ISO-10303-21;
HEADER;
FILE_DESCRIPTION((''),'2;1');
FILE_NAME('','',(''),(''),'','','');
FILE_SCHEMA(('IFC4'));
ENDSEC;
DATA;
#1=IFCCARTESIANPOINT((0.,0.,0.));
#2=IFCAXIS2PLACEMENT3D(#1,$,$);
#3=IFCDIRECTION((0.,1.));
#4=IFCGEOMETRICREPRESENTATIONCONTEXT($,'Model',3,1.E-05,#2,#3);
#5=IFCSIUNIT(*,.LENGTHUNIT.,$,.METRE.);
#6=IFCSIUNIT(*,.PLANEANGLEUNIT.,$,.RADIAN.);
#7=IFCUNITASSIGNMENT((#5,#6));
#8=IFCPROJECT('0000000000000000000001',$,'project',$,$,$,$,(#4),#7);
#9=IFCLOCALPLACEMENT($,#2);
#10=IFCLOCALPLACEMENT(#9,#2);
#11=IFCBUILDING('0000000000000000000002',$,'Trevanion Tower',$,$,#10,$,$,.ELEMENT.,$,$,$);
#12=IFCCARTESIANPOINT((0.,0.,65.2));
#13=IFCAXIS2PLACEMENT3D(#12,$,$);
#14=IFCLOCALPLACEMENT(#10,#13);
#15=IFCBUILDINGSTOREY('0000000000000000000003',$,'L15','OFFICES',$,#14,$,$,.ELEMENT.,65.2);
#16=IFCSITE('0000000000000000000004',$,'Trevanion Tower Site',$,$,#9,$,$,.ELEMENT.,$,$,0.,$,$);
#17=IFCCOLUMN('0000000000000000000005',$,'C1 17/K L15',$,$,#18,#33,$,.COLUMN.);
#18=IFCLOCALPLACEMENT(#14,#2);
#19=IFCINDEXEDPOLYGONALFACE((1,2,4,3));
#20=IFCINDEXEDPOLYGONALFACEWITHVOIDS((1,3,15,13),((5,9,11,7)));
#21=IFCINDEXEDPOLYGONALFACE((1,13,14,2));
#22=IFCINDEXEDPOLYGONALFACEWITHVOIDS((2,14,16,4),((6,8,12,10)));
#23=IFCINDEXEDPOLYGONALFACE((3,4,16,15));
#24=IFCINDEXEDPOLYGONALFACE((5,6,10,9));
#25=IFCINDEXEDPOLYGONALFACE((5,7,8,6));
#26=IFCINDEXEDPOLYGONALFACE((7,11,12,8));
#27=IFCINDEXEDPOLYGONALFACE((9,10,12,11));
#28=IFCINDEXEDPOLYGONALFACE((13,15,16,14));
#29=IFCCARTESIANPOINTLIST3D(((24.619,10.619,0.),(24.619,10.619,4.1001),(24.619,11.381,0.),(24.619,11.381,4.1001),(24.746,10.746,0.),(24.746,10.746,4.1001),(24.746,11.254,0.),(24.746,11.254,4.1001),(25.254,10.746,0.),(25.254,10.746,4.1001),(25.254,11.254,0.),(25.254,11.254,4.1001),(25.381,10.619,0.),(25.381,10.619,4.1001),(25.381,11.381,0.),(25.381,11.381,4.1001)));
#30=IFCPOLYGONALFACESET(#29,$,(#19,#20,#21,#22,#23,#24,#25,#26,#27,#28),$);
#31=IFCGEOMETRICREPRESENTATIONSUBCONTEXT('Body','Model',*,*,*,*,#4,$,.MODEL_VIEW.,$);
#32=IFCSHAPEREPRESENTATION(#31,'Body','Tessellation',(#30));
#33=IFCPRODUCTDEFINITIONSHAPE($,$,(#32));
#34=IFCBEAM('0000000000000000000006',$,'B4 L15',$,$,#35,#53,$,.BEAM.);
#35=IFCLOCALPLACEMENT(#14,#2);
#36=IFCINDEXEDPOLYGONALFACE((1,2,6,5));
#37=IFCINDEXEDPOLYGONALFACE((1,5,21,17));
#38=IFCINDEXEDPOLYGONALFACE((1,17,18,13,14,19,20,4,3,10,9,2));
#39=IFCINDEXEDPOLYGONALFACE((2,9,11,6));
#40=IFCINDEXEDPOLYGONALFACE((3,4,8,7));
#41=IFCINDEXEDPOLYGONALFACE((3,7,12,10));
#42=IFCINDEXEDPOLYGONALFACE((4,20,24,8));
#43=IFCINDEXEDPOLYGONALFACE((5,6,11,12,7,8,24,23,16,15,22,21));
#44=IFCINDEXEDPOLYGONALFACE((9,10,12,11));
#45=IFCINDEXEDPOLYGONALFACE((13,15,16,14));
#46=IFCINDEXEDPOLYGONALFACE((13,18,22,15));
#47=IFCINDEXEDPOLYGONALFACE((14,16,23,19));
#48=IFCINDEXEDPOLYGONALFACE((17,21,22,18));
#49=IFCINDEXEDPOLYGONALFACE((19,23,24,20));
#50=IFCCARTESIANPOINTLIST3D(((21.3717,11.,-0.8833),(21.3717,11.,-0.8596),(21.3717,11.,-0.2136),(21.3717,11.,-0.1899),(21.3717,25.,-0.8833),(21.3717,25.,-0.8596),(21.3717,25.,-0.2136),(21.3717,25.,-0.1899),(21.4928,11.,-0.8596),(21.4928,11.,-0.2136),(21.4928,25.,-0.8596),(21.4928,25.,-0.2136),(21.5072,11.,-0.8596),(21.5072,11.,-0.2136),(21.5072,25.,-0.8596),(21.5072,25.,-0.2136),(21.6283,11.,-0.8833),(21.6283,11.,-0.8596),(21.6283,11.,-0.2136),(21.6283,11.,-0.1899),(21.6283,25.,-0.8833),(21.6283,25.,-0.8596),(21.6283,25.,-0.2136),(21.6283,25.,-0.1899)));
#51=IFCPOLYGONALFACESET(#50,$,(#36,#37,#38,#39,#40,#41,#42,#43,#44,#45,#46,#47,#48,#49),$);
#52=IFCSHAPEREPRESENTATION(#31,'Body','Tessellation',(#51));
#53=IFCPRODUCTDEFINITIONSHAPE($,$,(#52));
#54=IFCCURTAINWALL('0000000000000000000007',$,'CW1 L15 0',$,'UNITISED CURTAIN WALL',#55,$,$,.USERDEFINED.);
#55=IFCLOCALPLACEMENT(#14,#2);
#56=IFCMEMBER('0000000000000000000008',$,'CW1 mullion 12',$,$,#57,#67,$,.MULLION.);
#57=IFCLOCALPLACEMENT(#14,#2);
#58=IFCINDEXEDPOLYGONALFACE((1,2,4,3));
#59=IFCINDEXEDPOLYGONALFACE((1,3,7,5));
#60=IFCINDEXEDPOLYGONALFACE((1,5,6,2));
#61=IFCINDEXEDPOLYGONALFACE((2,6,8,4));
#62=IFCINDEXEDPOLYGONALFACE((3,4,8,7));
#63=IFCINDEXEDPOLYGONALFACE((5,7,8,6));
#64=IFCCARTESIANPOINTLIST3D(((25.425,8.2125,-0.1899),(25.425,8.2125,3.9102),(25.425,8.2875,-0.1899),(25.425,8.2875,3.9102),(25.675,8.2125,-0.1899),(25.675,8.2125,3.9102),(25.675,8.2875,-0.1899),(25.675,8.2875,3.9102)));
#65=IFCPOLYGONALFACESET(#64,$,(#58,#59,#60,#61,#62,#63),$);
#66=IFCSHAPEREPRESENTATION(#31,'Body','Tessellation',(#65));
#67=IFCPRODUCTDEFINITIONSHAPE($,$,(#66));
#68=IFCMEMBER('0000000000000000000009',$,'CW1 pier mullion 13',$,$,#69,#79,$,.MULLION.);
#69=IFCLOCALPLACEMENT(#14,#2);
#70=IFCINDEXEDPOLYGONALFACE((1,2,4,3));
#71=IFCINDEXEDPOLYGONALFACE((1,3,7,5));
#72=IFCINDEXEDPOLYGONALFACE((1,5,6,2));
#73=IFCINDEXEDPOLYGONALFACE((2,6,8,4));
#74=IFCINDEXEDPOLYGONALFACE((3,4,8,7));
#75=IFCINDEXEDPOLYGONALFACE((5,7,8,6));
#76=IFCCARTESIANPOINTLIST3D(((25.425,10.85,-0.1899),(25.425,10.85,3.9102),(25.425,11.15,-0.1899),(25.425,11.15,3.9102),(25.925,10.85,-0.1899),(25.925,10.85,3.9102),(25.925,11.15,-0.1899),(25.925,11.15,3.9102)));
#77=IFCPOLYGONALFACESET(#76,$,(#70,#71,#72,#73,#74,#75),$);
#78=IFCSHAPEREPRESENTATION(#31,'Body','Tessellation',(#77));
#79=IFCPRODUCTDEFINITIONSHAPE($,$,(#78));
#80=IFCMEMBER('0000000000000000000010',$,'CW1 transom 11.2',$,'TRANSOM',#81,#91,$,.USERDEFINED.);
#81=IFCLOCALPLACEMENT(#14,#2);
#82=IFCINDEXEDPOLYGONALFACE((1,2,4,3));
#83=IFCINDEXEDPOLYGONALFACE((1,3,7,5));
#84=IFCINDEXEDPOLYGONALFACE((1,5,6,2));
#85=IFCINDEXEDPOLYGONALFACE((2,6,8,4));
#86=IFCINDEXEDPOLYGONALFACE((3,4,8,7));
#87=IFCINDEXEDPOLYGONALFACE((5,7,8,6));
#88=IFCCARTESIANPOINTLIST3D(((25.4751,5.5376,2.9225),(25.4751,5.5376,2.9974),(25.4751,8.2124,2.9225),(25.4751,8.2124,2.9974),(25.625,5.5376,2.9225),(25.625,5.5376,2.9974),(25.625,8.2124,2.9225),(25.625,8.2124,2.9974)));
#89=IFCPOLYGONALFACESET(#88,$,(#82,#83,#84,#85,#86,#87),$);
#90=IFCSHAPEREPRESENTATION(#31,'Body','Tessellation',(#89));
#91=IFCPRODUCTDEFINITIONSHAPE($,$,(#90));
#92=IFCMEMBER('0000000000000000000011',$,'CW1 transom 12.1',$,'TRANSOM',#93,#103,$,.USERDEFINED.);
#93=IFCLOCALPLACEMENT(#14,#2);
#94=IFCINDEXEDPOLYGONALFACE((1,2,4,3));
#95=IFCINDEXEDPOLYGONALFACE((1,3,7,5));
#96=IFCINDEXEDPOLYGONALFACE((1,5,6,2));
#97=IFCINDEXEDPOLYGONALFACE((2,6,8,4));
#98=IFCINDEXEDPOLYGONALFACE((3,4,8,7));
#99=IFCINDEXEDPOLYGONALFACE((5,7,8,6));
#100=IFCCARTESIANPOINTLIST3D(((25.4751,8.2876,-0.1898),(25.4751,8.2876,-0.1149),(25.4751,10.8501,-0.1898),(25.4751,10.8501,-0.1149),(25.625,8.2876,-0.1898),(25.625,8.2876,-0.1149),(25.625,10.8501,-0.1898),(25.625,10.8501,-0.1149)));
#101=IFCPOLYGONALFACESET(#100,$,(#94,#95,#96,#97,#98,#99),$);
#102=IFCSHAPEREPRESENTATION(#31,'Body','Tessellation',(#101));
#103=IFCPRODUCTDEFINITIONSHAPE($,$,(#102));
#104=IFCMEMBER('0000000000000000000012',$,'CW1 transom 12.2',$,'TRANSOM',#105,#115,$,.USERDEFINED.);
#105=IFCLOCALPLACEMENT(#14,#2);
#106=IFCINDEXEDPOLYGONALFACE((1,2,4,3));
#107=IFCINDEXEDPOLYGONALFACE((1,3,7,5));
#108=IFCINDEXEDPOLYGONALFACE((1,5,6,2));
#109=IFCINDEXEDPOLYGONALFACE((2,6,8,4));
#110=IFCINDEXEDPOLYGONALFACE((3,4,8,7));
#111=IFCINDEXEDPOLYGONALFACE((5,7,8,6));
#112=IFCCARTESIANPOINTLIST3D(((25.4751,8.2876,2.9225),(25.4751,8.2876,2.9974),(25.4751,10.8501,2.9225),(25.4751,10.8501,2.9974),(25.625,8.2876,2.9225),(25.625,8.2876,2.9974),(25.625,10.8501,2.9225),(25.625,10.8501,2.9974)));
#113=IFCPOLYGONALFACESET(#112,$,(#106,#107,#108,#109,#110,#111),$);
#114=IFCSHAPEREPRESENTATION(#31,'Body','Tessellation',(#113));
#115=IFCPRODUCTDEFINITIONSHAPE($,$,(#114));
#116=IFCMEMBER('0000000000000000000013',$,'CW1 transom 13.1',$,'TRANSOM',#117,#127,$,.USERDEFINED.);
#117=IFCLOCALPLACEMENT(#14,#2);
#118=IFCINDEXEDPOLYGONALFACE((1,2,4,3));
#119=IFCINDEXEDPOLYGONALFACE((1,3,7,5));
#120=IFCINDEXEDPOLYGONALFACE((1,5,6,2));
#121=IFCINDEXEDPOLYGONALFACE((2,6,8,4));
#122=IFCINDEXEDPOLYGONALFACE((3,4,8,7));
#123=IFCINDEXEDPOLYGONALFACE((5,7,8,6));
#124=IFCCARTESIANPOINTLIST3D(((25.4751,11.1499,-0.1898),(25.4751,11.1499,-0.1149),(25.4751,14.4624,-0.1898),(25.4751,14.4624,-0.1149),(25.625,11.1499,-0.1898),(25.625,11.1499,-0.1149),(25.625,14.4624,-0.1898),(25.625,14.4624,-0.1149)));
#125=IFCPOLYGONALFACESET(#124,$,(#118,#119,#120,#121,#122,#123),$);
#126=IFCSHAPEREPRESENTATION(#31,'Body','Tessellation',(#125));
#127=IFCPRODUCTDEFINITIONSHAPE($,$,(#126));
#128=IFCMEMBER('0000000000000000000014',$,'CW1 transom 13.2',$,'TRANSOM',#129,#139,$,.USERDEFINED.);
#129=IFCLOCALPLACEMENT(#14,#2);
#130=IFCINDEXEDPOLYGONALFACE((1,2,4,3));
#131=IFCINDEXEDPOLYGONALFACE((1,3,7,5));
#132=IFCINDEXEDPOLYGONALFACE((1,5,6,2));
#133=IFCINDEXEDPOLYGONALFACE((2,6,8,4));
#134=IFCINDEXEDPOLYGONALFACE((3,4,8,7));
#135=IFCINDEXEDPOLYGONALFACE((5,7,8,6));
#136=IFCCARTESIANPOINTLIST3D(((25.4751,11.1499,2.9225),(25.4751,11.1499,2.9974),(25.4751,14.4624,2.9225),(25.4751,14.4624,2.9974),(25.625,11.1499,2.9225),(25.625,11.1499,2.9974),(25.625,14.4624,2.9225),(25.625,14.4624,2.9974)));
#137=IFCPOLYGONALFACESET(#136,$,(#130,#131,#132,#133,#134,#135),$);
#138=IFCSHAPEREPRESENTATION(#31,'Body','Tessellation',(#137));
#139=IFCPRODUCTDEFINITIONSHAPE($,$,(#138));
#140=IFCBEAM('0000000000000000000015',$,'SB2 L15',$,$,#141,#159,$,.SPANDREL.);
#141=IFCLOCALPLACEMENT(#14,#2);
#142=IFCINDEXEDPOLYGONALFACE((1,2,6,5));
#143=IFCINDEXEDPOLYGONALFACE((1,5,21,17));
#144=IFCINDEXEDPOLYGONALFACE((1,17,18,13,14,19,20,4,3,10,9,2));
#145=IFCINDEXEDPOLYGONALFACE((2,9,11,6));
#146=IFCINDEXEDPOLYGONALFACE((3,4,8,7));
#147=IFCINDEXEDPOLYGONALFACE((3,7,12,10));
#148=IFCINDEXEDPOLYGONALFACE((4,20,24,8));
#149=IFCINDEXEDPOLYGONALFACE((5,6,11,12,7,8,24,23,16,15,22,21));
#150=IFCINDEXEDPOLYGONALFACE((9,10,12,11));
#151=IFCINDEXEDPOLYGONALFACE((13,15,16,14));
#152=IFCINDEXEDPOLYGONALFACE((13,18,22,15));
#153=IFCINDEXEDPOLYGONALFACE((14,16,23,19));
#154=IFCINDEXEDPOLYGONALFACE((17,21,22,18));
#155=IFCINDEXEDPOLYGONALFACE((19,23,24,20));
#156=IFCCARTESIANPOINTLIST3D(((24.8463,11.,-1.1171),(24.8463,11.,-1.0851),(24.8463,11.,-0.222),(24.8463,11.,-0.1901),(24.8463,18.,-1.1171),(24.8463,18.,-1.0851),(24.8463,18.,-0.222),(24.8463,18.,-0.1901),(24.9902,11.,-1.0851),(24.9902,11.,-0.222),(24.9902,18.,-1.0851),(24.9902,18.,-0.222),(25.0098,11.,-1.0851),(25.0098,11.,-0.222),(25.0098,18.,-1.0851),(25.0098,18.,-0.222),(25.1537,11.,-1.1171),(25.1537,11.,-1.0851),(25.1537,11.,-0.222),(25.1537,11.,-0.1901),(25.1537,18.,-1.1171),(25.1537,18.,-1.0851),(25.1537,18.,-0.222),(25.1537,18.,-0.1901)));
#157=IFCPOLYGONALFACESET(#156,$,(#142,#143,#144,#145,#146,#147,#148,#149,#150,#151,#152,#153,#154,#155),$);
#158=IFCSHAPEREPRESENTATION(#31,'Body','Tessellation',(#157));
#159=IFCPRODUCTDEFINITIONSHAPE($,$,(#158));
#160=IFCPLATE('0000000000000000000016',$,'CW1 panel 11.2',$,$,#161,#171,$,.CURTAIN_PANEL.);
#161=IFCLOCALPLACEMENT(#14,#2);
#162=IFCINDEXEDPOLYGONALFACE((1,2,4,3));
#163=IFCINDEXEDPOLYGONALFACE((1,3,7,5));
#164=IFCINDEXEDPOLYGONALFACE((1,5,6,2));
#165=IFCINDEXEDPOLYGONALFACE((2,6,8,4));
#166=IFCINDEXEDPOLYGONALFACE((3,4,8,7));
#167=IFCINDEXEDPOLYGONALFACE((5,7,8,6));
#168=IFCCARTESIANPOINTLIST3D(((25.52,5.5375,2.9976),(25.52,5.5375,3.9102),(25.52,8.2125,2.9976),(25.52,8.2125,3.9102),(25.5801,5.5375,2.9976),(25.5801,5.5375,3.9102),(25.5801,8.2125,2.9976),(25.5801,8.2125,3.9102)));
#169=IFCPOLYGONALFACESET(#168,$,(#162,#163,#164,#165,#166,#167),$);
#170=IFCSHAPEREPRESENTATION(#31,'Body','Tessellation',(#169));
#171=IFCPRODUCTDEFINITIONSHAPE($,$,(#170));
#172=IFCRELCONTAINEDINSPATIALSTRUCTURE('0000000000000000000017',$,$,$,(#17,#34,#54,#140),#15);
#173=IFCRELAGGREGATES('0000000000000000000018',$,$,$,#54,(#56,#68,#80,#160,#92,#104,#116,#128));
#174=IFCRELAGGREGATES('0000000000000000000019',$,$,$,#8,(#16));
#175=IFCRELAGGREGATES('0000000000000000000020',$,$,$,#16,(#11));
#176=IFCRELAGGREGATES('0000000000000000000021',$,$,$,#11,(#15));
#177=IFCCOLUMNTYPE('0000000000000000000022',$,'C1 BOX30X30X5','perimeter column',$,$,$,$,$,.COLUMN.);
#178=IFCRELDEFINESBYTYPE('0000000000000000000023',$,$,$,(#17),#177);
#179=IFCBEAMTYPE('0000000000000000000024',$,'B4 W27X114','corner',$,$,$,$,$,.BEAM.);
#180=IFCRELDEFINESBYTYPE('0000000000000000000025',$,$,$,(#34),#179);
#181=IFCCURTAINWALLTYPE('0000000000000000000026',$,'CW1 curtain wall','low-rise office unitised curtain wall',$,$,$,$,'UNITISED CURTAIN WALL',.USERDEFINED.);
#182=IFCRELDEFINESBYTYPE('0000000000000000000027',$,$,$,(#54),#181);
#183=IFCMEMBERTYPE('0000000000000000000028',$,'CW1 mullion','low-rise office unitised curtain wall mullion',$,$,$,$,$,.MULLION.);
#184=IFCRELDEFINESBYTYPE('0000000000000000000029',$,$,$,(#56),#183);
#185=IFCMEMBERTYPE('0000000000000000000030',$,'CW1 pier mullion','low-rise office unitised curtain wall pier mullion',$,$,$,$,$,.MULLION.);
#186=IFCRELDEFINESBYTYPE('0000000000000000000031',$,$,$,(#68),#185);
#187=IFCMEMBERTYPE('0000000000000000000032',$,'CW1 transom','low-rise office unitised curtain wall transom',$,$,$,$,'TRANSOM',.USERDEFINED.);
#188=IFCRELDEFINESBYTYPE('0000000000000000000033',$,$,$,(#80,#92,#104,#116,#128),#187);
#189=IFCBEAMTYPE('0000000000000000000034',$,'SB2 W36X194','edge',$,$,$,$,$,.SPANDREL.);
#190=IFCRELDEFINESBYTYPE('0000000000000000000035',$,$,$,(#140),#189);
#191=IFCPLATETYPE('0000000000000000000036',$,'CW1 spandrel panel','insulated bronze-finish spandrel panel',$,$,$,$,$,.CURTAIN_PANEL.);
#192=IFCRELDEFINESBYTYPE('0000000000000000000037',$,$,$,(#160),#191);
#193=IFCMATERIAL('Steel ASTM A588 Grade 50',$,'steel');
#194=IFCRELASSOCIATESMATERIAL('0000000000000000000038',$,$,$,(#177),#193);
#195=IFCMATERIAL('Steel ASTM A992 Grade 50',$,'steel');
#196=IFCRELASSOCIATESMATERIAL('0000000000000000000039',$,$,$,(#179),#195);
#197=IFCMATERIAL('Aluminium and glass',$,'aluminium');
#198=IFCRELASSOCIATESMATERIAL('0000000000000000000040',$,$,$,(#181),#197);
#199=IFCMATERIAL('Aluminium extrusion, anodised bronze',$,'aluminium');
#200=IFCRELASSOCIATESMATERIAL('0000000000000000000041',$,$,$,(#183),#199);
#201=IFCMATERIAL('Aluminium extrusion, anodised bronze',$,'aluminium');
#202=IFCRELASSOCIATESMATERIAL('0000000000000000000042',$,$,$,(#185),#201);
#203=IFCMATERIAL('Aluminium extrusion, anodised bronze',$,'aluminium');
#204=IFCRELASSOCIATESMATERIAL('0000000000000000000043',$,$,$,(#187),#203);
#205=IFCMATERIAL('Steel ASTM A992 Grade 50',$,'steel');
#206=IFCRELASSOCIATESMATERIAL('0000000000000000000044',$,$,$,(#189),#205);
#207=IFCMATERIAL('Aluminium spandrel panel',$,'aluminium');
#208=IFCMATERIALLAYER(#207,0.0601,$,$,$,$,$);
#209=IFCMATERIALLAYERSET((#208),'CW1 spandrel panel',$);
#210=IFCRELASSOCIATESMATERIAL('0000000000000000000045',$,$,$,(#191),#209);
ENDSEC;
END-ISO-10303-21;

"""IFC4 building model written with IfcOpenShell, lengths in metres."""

from ifc_helpers import new_model, si_unit, direction, frame, origin, origin_2d, place, context, subcontext, project, spatial, rectangle, hollow_rectangle, i_section, extrude, material, layer, layer_set, material_profile, profile_set, type_object, element, aggregate, save


model = new_model("IFC4")

# Units and contexts
model_context = context("Model", 3, precision=1e-05, world=origin(), true_north=direction((0.0, 1.0)))
body_context = subcontext(model_context, "Body", "Model", "MODEL_VIEW")
ifc_project = project(units=[si_unit("LENGTHUNIT", "METRE"), si_unit("PLANEANGLEUNIT", "RADIAN")], contexts=[model_context])

# Site, building, storey
site_placement = place(None, origin())
site = spatial("IfcSite", under=ifc_project, at=site_placement, Name="Trevanion Tower Site", CompositionType="ELEMENT", RefElevation=0.0)
building_placement = place(site_placement, origin())
building = spatial("IfcBuilding", under=site, at=building_placement, Name="Trevanion Tower", CompositionType="ELEMENT")
storey_placement = place(building_placement, frame((0.0, 0.0, 65.2)))
storey = spatial("IfcBuildingStorey", under=building, at=storey_placement, Name="L15", Description="OFFICES", CompositionType="ELEMENT", Elevation=65.2)

# Column
ifc_material_1 = material(Name="Steel ASTM A588 Grade 50", Category="steel")
ifc_material_profile_1 = material_profile(ifc_material_1, hollow_rectangle(XDim=0.762, YDim=0.762, WallThickness=0.127, at=origin_2d()), Name="BOX30X30X5")
ifc_profile_set_1 = profile_set([ifc_material_profile_1], Name="Steel ASTM A588 Grade 50")
column_type = type_object("IfcColumnType", Name="C1 BOX30X30X5", Description="perimeter column", PredefinedType="COLUMN", material=ifc_profile_set_1)
column_placement = place(storey_placement, frame((25.0, 11.0, 0.0), z_axis=(0.0, 0.0, 1.0), x_axis=(0.0, 1.0, 0.0)))
element("IfcColumn", 1, at=column_placement, inside=storey, type_object=column_type, Name="C1 17/K L15", PredefinedType="COLUMN", context=body_context, shape_type="SweptSolid", body=[
    extrude(hollow_rectangle(XDim=0.762, YDim=0.762, WallThickness=0.127, at=origin_2d()), origin(), (0.0, 0.0, 1.0), 4.1001),
])

# Beam
ifc_material_2 = material(Name="Steel ASTM A992 Grade 50", Category="steel")
ifc_material_profile_2 = material_profile(ifc_material_2, i_section(OverallWidth=0.2566, OverallDepth=0.6934, WebThickness=0.0144, FlangeThickness=0.0237, at=origin_2d()), Name="W27X114")
ifc_profile_set_2 = profile_set([ifc_material_profile_2], Name="Steel ASTM A992 Grade 50")
beam_type_1 = type_object("IfcBeamType", Name="B4 W27X114", Description="corner", PredefinedType="BEAM", material=ifc_profile_set_2)
beam_1_placement = place(storey_placement, frame((21.5, 11.0, -0.5366), z_axis=(0.0, 1.0, 0.0), x_axis=(-1.0, 0.0, 0.0)))
element("IfcBeam", 2, at=beam_1_placement, inside=storey, type_object=beam_type_1, Name="B4 L15", PredefinedType="BEAM", context=body_context, shape_type="SweptSolid", body=[
    extrude(i_section(OverallWidth=0.2566, OverallDepth=0.6934, WebThickness=0.0144, FlangeThickness=0.0237, at=origin_2d()), origin(), (0.0, 0.0, 1.0), 14.0),
])

# Curtain wall, members
ifc_material_3 = material(Name="Aluminium and glass", Category="aluminium")
curtain_wall_type = type_object("IfcCurtainWallType", Name="CW1 curtain wall", Description="low-rise office unitised curtain wall", ElementType="UNITISED CURTAIN WALL", PredefinedType="USERDEFINED", material=ifc_material_3)
curtain_wall_placement = place(storey_placement, origin())
curtain_wall = element("IfcCurtainWall", 3, at=curtain_wall_placement, inside=storey, type_object=curtain_wall_type, Name="CW1 L15 0", ObjectType="UNITISED CURTAIN WALL", PredefinedType="USERDEFINED")
ifc_material_4 = material(Name="Aluminium extrusion, anodised bronze", Category="aluminium")
ifc_material_profile_3 = material_profile(ifc_material_4, rectangle(XDim=0.075, YDim=0.25, at=origin_2d()), Name="CW1 mullion")
ifc_profile_set_3 = profile_set([ifc_material_profile_3], Name="Aluminium extrusion, anodised bronze")
member_type_1 = type_object("IfcMemberType", Name="CW1 mullion", Description="low-rise office unitised curtain wall mullion", PredefinedType="MULLION", material=ifc_profile_set_3)
member_1_placement = place(storey_placement, frame((25.55, 8.25, -0.1899), z_axis=(0.0, 0.0, 1.0), x_axis=(0.0, 1.0, 0.0)))
member_1 = element("IfcMember", 4, at=member_1_placement, type_object=member_type_1, Name="CW1 mullion 12", PredefinedType="MULLION", context=body_context, shape_type="SweptSolid", body=[
    extrude(rectangle(XDim=0.075, YDim=0.25, at=origin_2d()), origin(), (0.0, 0.0, 1.0), 4.1001),
])
ifc_material_5 = material(Name="Aluminium extrusion, anodised bronze", Category="aluminium")
ifc_material_profile_4 = material_profile(ifc_material_5, rectangle(XDim=0.3, YDim=0.5, at=origin_2d()), Name="CW1 pier mullion")
ifc_profile_set_4 = profile_set([ifc_material_profile_4], Name="Aluminium extrusion, anodised bronze")
member_type_2 = type_object("IfcMemberType", Name="CW1 pier mullion", Description="low-rise office unitised curtain wall pier mullion", PredefinedType="MULLION", material=ifc_profile_set_4)
member_2_placement = place(storey_placement, frame((25.675, 11.0, -0.1899), z_axis=(0.0, 0.0, 1.0), x_axis=(0.0, 1.0, 0.0)))
member_2 = element("IfcMember", 5, at=member_2_placement, type_object=member_type_2, Name="CW1 pier mullion 13", PredefinedType="MULLION", context=body_context, shape_type="SweptSolid", body=[
    extrude(rectangle(XDim=0.3, YDim=0.5, at=origin_2d()), origin(), (0.0, 0.0, 1.0), 4.1001),
])
ifc_material_6 = material(Name="Aluminium extrusion, anodised bronze", Category="aluminium")
ifc_material_profile_5 = material_profile(ifc_material_6, rectangle(XDim=0.1499, YDim=0.075, at=origin_2d()), Name="CW1 transom")
ifc_profile_set_5 = profile_set([ifc_material_profile_5], Name="Aluminium extrusion, anodised bronze")
member_type_3 = type_object("IfcMemberType", Name="CW1 transom", Description="low-rise office unitised curtain wall transom", ElementType="TRANSOM", PredefinedType="USERDEFINED", material=ifc_profile_set_5)
member_3_placement = place(storey_placement, frame((25.55, 5.5376, 2.96), z_axis=(0.0, 1.0, 0.0), x_axis=(-1.0, 0.0, 0.0)))
member_3 = element("IfcMember", 6, at=member_3_placement, type_object=member_type_3, Name="CW1 transom 11.2", ObjectType="TRANSOM", PredefinedType="USERDEFINED", context=body_context, shape_type="SweptSolid", body=[
    extrude(rectangle(XDim=0.1499, YDim=0.075, at=origin_2d()), origin(), (0.0, 0.0, 1.0), 2.6748),
])
member_4_placement = place(storey_placement, frame((25.55, 8.2876, -0.1523), z_axis=(0.0, 1.0, 0.0), x_axis=(-1.0, 0.0, 0.0)))
member_4 = element("IfcMember", 7, at=member_4_placement, type_object=member_type_3, Name="CW1 transom 12.1", ObjectType="TRANSOM", PredefinedType="USERDEFINED", context=body_context, shape_type="SweptSolid", body=[
    extrude(rectangle(XDim=0.1499, YDim=0.075, at=origin_2d()), origin(), (0.0, 0.0, 1.0), 2.5625),
])
member_5_placement = place(storey_placement, frame((25.55, 8.2876, 2.96), z_axis=(0.0, 1.0, 0.0), x_axis=(-1.0, 0.0, 0.0)))
member_5 = element("IfcMember", 8, at=member_5_placement, type_object=member_type_3, Name="CW1 transom 12.2", ObjectType="TRANSOM", PredefinedType="USERDEFINED", context=body_context, shape_type="SweptSolid", body=[
    extrude(rectangle(XDim=0.1499, YDim=0.075, at=origin_2d()), origin(), (0.0, 0.0, 1.0), 2.5625),
])
member_6_placement = place(storey_placement, frame((25.55, 11.1499, -0.1523), z_axis=(0.0, 1.0, 0.0), x_axis=(-1.0, 0.0, 0.0)))
member_6 = element("IfcMember", 9, at=member_6_placement, type_object=member_type_3, Name="CW1 transom 13.1", ObjectType="TRANSOM", PredefinedType="USERDEFINED", context=body_context, shape_type="SweptSolid", body=[
    extrude(rectangle(XDim=0.1499, YDim=0.075, at=origin_2d()), origin(), (0.0, 0.0, 1.0), 3.3125),
])
member_7_placement = place(storey_placement, frame((25.55, 11.1499, 2.96), z_axis=(0.0, 1.0, 0.0), x_axis=(-1.0, 0.0, 0.0)))
member_7 = element("IfcMember", 10, at=member_7_placement, type_object=member_type_3, Name="CW1 transom 13.2", ObjectType="TRANSOM", PredefinedType="USERDEFINED", context=body_context, shape_type="SweptSolid", body=[
    extrude(rectangle(XDim=0.1499, YDim=0.075, at=origin_2d()), origin(), (0.0, 0.0, 1.0), 3.3125),
])

# Beam
ifc_material_7 = material(Name="Steel ASTM A992 Grade 50", Category="steel")
ifc_material_profile_6 = material_profile(ifc_material_7, i_section(OverallWidth=0.3074, OverallDepth=0.927, WebThickness=0.0195, FlangeThickness=0.032, at=origin_2d()), Name="W36X194")
ifc_profile_set_6 = profile_set([ifc_material_profile_6], Name="Steel ASTM A992 Grade 50")
beam_type_2 = type_object("IfcBeamType", Name="SB2 W36X194", Description="edge", PredefinedType="SPANDREL", material=ifc_profile_set_6)
beam_2_placement = place(storey_placement, frame((25.0, 11.0, -0.6536), z_axis=(0.0, 1.0, 0.0), x_axis=(-1.0, 0.0, 0.0)))
element("IfcBeam", 11, at=beam_2_placement, inside=storey, type_object=beam_type_2, Name="SB2 L15", PredefinedType="SPANDREL", context=body_context, shape_type="SweptSolid", body=[
    extrude(i_section(OverallWidth=0.3074, OverallDepth=0.927, WebThickness=0.0195, FlangeThickness=0.032, at=origin_2d()), origin(), (0.0, 0.0, 1.0), 7.0),
])

# Plate
ifc_material_8 = material(Name="Aluminium spandrel panel", Category="aluminium")
ifc_layer_1 = layer(ifc_material_8, 0.0601)
ifc_layer_set_1 = layer_set([ifc_layer_1], Name="CW1 spandrel panel")
plate_type_1 = type_object("IfcPlateType", Name="CW1 spandrel panel", Description="insulated bronze-finish spandrel panel", PredefinedType="CURTAIN_PANEL", material=ifc_layer_set_1)
plate_1_placement = place(storey_placement, frame((25.55, 6.875, 2.9976), z_axis=(0.0, 0.0, 1.0), x_axis=(0.0, 1.0, 0.0)))
plate_1 = element("IfcPlate", 12, at=plate_1_placement, type_object=plate_type_1, Name="CW1 panel 11.2", PredefinedType="CURTAIN_PANEL", context=body_context, shape_type="SweptSolid", body=[
    extrude(rectangle(XDim=2.675, YDim=0.0601, at=origin_2d()), origin(), (0.0, 0.0, 1.0), 0.9126),
])
aggregate(curtain_wall, [member_1, member_2, member_3, plate_1, member_4, member_5, member_6, member_7])

save(model, "model.ifc")
